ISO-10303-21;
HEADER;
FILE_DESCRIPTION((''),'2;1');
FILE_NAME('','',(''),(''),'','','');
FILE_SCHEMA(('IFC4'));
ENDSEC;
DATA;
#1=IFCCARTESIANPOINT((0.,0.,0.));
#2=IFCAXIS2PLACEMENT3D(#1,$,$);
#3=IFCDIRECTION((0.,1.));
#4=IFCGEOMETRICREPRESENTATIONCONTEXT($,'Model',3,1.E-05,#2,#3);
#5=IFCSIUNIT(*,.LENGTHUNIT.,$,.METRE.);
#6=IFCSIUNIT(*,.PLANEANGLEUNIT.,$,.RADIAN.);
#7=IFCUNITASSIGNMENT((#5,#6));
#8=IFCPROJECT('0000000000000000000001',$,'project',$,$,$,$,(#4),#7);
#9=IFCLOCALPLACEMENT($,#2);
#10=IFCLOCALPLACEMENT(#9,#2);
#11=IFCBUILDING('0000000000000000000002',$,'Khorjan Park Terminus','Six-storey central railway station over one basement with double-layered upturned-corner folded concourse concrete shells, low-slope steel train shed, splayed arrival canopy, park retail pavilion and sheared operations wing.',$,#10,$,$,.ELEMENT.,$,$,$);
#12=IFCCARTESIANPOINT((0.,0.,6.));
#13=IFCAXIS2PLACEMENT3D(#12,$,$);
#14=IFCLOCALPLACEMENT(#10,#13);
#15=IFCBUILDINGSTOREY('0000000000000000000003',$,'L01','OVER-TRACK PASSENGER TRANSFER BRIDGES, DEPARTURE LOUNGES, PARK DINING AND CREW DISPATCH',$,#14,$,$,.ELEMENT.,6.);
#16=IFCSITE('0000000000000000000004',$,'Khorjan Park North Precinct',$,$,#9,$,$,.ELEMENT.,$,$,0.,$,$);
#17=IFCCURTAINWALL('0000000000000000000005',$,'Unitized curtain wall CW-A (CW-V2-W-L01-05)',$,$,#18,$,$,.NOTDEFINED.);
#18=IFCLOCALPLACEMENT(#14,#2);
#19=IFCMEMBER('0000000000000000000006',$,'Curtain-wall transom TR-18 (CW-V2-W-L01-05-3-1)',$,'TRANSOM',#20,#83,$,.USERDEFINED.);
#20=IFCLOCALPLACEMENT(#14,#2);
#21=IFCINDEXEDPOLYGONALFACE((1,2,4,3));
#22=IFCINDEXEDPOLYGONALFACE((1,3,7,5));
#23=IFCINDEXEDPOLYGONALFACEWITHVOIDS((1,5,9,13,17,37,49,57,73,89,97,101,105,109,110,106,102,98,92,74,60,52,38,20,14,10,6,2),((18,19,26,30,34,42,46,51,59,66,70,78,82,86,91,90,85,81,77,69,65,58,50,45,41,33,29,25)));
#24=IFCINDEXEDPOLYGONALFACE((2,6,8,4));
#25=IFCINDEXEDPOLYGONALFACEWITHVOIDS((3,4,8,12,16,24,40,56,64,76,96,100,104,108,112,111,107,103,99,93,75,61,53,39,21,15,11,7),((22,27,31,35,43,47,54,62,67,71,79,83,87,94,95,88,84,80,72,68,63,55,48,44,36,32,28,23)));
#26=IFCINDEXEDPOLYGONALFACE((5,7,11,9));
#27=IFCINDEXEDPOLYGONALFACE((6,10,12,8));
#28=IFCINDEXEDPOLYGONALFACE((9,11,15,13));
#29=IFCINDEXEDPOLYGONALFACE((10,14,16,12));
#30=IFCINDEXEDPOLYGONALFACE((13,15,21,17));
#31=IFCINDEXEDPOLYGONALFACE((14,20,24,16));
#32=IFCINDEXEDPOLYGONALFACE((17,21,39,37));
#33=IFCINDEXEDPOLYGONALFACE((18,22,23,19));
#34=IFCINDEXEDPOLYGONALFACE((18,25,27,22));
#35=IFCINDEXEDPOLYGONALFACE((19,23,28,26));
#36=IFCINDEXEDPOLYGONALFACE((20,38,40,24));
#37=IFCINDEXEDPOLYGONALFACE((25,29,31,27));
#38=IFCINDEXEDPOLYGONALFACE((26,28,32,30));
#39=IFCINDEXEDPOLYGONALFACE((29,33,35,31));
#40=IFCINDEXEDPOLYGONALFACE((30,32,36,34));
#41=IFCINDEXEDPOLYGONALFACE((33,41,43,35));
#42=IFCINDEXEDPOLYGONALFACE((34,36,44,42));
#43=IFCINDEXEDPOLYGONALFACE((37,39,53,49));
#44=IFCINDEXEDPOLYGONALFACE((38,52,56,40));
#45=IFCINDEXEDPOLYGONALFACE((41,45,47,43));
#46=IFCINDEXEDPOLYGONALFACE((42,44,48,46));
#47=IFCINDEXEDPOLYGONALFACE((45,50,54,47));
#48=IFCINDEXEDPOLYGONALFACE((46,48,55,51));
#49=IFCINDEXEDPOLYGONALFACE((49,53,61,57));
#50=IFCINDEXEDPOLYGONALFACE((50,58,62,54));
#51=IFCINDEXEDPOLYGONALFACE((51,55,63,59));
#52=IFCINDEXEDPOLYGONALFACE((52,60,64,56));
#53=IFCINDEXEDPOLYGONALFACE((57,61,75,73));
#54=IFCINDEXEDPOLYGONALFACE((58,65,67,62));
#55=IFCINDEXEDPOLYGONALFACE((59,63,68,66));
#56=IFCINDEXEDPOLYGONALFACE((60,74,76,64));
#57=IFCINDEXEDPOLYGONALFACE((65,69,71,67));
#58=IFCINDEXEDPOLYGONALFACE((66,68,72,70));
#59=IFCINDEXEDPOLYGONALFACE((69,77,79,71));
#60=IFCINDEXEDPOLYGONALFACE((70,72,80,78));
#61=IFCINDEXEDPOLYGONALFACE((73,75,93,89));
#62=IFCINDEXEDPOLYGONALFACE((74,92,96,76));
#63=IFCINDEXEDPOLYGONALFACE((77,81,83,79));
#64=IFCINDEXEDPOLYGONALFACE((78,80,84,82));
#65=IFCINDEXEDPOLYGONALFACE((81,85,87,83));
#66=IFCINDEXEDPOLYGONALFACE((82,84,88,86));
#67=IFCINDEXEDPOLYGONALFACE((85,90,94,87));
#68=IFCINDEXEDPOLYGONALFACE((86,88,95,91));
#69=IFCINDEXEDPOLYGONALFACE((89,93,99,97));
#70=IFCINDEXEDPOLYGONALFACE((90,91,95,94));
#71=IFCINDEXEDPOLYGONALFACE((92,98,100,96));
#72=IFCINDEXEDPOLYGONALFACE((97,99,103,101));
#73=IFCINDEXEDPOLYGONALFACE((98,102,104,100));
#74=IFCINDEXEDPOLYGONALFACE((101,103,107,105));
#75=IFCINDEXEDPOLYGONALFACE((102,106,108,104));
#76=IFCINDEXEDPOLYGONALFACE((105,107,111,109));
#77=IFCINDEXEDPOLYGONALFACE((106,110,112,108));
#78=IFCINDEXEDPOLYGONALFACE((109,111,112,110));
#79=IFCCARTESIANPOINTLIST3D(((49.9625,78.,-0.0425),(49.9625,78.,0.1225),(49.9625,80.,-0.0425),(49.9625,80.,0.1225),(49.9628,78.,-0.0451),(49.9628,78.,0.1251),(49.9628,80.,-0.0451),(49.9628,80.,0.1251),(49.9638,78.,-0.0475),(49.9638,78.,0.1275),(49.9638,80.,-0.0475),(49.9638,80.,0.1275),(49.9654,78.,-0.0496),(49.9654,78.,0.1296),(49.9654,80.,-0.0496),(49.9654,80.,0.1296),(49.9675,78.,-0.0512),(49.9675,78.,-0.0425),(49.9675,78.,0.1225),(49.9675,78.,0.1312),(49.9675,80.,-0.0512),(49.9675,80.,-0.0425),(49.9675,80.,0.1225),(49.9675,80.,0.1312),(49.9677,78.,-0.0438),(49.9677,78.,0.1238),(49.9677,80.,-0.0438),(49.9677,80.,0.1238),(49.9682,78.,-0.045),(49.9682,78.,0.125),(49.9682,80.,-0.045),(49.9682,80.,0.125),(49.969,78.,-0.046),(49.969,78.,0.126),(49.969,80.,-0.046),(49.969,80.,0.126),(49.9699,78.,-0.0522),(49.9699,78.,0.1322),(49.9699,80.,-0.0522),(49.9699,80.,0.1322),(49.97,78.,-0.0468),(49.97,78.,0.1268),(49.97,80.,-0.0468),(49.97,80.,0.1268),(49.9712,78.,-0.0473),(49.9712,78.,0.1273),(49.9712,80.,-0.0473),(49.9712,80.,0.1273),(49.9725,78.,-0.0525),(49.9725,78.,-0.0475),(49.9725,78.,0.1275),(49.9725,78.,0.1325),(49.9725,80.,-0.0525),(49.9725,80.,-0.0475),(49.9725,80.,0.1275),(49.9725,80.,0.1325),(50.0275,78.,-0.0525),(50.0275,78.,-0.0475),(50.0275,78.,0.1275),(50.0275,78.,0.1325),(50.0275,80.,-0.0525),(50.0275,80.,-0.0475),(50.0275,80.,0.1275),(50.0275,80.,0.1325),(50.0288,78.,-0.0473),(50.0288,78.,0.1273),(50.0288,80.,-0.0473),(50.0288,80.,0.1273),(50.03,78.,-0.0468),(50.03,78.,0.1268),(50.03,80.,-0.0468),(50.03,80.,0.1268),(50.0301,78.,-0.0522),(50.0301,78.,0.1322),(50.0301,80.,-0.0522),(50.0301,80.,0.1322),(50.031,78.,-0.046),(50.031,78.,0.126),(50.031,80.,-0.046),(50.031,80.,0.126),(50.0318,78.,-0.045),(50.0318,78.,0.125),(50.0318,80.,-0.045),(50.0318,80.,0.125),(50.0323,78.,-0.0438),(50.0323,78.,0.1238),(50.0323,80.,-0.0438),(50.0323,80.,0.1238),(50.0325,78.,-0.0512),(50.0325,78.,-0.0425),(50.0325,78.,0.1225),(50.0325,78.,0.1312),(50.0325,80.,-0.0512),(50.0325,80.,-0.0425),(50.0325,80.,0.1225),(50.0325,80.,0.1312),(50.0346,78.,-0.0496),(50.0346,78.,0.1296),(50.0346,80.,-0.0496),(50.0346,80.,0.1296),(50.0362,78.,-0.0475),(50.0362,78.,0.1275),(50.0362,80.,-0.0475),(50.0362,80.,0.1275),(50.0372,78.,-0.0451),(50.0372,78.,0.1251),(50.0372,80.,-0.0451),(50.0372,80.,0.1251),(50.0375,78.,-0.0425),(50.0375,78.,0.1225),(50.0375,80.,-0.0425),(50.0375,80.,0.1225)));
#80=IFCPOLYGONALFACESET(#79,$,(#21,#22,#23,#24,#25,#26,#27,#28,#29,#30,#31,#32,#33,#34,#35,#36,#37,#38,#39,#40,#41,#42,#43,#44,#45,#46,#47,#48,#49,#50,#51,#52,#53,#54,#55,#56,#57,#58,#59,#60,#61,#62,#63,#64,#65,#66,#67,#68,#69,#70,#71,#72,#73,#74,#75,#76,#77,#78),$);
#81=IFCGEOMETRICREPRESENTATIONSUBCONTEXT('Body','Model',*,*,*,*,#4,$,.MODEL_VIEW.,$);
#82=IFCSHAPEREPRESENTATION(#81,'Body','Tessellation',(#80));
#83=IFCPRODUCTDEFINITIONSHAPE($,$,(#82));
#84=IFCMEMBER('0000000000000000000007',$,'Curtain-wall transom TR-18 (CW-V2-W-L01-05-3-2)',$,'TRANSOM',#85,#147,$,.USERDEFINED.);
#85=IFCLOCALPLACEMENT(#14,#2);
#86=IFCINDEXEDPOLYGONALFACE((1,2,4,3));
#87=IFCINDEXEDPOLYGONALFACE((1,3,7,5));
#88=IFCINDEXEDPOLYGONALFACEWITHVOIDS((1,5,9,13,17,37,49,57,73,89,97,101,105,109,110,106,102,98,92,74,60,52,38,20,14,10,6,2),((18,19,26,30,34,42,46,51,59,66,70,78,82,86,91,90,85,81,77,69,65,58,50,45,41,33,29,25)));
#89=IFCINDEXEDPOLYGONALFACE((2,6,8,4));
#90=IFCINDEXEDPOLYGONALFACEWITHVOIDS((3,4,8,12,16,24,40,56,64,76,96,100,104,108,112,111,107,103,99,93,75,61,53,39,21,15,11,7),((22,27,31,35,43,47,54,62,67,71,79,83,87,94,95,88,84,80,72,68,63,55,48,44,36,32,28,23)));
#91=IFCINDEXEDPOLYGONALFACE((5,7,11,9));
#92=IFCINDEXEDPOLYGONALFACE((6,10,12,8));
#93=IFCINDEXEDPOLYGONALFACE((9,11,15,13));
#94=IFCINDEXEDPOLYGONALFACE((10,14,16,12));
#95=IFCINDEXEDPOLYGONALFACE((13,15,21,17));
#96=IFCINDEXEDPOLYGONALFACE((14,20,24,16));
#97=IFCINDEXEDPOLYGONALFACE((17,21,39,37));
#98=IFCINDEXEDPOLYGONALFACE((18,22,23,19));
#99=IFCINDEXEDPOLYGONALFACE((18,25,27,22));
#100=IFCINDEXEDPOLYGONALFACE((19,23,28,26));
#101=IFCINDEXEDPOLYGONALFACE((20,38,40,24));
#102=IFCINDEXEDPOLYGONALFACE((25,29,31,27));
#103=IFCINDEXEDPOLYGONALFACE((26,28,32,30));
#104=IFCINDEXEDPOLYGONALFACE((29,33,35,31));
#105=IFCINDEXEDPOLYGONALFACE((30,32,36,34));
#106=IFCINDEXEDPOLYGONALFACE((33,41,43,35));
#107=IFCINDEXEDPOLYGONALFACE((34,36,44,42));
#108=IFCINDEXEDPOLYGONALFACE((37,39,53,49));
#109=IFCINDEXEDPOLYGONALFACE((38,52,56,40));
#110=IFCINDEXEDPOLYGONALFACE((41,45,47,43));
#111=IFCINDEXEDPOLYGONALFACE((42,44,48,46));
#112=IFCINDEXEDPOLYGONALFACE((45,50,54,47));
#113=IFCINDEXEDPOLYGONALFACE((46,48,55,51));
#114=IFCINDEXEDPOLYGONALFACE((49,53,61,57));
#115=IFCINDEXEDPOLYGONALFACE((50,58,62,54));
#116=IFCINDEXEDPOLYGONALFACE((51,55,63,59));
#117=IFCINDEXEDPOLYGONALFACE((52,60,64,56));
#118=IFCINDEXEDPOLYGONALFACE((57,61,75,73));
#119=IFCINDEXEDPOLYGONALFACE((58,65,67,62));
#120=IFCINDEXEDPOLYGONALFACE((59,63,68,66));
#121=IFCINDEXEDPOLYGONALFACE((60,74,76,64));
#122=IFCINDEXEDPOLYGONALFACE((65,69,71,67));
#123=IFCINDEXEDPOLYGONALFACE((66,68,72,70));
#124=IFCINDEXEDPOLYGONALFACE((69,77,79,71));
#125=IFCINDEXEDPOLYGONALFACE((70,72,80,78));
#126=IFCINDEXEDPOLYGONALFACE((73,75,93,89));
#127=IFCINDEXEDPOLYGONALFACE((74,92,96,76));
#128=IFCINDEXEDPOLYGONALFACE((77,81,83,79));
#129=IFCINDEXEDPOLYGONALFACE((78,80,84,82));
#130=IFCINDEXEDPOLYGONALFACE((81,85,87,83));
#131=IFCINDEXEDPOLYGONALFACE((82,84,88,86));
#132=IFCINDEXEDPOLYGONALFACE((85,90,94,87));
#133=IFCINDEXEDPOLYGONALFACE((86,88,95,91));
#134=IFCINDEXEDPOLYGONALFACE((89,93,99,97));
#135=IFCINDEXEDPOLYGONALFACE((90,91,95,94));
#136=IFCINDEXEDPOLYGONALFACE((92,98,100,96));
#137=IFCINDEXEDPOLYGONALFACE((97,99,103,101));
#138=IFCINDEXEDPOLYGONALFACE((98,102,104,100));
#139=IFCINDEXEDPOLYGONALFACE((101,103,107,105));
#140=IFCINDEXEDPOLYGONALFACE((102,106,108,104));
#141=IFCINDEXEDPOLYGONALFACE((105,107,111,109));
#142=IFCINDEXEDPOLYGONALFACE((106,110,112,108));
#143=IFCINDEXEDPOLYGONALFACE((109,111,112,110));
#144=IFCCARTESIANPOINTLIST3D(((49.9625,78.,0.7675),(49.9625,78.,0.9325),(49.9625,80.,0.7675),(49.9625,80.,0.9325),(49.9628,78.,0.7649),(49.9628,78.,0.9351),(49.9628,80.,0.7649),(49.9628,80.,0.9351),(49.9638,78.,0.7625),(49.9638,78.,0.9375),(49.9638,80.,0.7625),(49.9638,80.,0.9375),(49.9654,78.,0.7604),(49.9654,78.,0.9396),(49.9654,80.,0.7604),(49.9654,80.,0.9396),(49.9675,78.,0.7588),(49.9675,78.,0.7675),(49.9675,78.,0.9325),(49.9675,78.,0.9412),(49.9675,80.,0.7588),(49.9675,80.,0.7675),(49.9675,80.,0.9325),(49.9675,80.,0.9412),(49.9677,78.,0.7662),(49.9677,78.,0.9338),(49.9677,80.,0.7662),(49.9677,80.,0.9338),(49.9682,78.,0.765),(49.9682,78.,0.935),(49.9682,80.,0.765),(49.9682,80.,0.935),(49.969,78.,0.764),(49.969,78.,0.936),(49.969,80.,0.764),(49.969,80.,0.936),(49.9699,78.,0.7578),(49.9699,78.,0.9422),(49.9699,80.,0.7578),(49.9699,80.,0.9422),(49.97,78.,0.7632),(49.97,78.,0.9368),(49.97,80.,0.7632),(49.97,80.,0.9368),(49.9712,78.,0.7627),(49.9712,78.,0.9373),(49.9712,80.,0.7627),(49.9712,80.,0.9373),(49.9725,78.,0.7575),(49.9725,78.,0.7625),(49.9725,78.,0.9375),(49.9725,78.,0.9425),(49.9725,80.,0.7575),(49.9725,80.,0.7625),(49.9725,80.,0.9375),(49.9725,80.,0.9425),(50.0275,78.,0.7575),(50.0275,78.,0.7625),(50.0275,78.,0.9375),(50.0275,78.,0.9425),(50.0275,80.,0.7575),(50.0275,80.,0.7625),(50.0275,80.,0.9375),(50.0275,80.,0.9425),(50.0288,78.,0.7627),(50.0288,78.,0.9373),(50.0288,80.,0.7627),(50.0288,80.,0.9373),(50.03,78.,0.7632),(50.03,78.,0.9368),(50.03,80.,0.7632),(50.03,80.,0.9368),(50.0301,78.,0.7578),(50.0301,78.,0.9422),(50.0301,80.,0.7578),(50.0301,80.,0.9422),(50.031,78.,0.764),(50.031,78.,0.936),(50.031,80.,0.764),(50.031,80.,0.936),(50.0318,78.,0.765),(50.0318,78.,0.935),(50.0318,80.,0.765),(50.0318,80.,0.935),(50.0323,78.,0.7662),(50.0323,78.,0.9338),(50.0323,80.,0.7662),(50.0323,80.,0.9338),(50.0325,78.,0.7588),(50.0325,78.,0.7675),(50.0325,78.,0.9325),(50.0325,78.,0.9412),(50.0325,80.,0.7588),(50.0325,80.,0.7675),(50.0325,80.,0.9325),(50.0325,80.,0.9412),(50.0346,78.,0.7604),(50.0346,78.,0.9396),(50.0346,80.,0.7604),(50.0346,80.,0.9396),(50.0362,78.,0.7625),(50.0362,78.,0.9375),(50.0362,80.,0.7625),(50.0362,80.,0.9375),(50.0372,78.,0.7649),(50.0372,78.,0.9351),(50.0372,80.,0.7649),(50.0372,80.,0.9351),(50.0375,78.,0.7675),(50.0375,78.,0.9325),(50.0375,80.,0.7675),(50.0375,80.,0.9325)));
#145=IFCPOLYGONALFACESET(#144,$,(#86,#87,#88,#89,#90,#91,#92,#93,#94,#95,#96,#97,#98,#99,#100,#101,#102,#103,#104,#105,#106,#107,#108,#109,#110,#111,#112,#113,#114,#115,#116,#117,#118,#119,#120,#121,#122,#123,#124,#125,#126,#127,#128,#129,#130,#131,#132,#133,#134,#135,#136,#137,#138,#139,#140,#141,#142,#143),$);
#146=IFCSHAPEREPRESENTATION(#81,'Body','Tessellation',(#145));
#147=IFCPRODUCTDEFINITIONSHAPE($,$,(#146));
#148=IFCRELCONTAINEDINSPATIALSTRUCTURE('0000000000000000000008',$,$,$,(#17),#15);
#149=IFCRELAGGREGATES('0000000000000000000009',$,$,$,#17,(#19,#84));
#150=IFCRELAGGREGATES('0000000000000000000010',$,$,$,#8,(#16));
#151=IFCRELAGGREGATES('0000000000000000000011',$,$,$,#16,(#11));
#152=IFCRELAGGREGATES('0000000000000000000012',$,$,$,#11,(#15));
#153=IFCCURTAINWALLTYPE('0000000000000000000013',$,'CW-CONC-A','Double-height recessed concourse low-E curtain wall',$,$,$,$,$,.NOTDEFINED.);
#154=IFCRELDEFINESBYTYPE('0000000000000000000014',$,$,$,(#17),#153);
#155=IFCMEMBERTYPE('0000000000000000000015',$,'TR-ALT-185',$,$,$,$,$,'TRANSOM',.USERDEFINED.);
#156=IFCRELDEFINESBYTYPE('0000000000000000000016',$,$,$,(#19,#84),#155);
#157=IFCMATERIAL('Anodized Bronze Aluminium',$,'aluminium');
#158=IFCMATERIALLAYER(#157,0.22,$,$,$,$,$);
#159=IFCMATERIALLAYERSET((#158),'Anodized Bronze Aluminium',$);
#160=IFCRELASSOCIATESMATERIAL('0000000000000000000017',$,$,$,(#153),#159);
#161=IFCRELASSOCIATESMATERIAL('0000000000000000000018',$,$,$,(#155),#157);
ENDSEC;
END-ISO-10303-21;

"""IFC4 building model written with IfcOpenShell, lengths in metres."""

from ifc_helpers import new_model, si_unit, direction, frame, origin, origin_2d, place, context, subcontext, project, spatial, hollow_rectangle, extrude, material, layer, layer_set, material_profile, profile_set, type_object, element, aggregate, save


model = new_model("IFC4")

# Units and contexts
model_context = context("Model", 3, precision=1e-05, world=origin(), true_north=direction((0.0, 1.0)))
body_context = subcontext(model_context, "Body", "Model", "MODEL_VIEW")
ifc_project = project(units=[si_unit("LENGTHUNIT", "METRE"), si_unit("PLANEANGLEUNIT", "RADIAN")], contexts=[model_context])

# Site, building, storey
site_placement = place(None, origin())
site = spatial("IfcSite", under=ifc_project, at=site_placement, Name="Khorjan Park North Precinct", CompositionType="ELEMENT", RefElevation=0.0)
building_placement = place(site_placement, origin())
building = spatial("IfcBuilding", under=site, at=building_placement, Name="Khorjan Park Terminus", Description="Six-storey central railway station over one basement with double-layered upturned-corner folded concourse concrete shells, low-slope steel train shed, splayed arrival canopy, park retail pavilion and sheared operations wing.", CompositionType="ELEMENT")
storey_placement = place(building_placement, frame((0.0, 0.0, 6.0)))
storey = spatial("IfcBuildingStorey", under=building, at=storey_placement, Name="L01", Description="OVER-TRACK PASSENGER TRANSFER BRIDGES, DEPARTURE LOUNGES, PARK DINING AND CREW DISPATCH", CompositionType="ELEMENT", Elevation=6.0)

# Shared definitions
ifc_material_1 = material(Name="Anodized Bronze Aluminium", Category="aluminium")
ifc_layer_1 = layer(ifc_material_1, 0.22)
ifc_layer_set_1 = layer_set([ifc_layer_1], Name="Anodized Bronze Aluminium")
curtain_wall_type = type_object("IfcCurtainWallType", Name="CW-CONC-A", Description="Double-height recessed concourse low-E curtain wall", PredefinedType="NOTDEFINED", material=ifc_layer_set_1)

# Curtain wall
curtain_wall_1_placement = place(storey_placement, origin())
curtain_wall_1 = element("IfcCurtainWall", 1, at=curtain_wall_1_placement, inside=storey, type_object=curtain_wall_type, Name="Unitized curtain wall CW-A (CW-V2-W-L01-05)", PredefinedType="NOTDEFINED")

# Members
ifc_material_profile_1 = material_profile(ifc_material_1, hollow_rectangle(XDim=0.075, YDim=0.185, WallThickness=0.005, InnerFilletRadius=0.005, OuterFilletRadius=0.01, at=origin_2d()), Name="ALT 75x185x5")
ifc_profile_set_1 = profile_set([ifc_material_profile_1], Name="Anodized Bronze Aluminium")
member_type_1 = type_object("IfcMemberType", Name="TR-ALT-185", ElementType="TRANSOM", PredefinedType="USERDEFINED", material=ifc_profile_set_1)
member_1_placement = place(storey_placement, frame((50.0, 80.0, 0.04), z_axis=(0.0, -1.0, 0.0), x_axis=(1.0, 0.0, 0.0)))
member_1 = element("IfcMember", 2, at=member_1_placement, type_object=member_type_1, Name="Curtain-wall transom TR-18 (CW-V2-W-L01-05-3-1)", ObjectType="TRANSOM", PredefinedType="USERDEFINED", context=body_context, shape_type="SweptSolid", body=[
    extrude(hollow_rectangle(XDim=0.075, YDim=0.185, WallThickness=0.005, InnerFilletRadius=0.005, OuterFilletRadius=0.01, at=origin_2d()), origin(), (0.0, 0.0, 1.0), 2.0),
])
member_2_placement = place(storey_placement, frame((50.0, 80.0, 0.85), z_axis=(0.0, -1.0, 0.0), x_axis=(1.0, 0.0, 0.0)))
member_2 = element("IfcMember", 3, at=member_2_placement, type_object=member_type_1, Name="Curtain-wall transom TR-18 (CW-V2-W-L01-05-3-2)", ObjectType="TRANSOM", PredefinedType="USERDEFINED", context=body_context, shape_type="SweptSolid", body=[
    extrude(hollow_rectangle(XDim=0.075, YDim=0.185, WallThickness=0.005, InnerFilletRadius=0.005, OuterFilletRadius=0.01, at=origin_2d()), origin(), (0.0, 0.0, 1.0), 2.0),
])

aggregate(curtain_wall_1, [member_1, member_2])

save(model, "model.ifc")
